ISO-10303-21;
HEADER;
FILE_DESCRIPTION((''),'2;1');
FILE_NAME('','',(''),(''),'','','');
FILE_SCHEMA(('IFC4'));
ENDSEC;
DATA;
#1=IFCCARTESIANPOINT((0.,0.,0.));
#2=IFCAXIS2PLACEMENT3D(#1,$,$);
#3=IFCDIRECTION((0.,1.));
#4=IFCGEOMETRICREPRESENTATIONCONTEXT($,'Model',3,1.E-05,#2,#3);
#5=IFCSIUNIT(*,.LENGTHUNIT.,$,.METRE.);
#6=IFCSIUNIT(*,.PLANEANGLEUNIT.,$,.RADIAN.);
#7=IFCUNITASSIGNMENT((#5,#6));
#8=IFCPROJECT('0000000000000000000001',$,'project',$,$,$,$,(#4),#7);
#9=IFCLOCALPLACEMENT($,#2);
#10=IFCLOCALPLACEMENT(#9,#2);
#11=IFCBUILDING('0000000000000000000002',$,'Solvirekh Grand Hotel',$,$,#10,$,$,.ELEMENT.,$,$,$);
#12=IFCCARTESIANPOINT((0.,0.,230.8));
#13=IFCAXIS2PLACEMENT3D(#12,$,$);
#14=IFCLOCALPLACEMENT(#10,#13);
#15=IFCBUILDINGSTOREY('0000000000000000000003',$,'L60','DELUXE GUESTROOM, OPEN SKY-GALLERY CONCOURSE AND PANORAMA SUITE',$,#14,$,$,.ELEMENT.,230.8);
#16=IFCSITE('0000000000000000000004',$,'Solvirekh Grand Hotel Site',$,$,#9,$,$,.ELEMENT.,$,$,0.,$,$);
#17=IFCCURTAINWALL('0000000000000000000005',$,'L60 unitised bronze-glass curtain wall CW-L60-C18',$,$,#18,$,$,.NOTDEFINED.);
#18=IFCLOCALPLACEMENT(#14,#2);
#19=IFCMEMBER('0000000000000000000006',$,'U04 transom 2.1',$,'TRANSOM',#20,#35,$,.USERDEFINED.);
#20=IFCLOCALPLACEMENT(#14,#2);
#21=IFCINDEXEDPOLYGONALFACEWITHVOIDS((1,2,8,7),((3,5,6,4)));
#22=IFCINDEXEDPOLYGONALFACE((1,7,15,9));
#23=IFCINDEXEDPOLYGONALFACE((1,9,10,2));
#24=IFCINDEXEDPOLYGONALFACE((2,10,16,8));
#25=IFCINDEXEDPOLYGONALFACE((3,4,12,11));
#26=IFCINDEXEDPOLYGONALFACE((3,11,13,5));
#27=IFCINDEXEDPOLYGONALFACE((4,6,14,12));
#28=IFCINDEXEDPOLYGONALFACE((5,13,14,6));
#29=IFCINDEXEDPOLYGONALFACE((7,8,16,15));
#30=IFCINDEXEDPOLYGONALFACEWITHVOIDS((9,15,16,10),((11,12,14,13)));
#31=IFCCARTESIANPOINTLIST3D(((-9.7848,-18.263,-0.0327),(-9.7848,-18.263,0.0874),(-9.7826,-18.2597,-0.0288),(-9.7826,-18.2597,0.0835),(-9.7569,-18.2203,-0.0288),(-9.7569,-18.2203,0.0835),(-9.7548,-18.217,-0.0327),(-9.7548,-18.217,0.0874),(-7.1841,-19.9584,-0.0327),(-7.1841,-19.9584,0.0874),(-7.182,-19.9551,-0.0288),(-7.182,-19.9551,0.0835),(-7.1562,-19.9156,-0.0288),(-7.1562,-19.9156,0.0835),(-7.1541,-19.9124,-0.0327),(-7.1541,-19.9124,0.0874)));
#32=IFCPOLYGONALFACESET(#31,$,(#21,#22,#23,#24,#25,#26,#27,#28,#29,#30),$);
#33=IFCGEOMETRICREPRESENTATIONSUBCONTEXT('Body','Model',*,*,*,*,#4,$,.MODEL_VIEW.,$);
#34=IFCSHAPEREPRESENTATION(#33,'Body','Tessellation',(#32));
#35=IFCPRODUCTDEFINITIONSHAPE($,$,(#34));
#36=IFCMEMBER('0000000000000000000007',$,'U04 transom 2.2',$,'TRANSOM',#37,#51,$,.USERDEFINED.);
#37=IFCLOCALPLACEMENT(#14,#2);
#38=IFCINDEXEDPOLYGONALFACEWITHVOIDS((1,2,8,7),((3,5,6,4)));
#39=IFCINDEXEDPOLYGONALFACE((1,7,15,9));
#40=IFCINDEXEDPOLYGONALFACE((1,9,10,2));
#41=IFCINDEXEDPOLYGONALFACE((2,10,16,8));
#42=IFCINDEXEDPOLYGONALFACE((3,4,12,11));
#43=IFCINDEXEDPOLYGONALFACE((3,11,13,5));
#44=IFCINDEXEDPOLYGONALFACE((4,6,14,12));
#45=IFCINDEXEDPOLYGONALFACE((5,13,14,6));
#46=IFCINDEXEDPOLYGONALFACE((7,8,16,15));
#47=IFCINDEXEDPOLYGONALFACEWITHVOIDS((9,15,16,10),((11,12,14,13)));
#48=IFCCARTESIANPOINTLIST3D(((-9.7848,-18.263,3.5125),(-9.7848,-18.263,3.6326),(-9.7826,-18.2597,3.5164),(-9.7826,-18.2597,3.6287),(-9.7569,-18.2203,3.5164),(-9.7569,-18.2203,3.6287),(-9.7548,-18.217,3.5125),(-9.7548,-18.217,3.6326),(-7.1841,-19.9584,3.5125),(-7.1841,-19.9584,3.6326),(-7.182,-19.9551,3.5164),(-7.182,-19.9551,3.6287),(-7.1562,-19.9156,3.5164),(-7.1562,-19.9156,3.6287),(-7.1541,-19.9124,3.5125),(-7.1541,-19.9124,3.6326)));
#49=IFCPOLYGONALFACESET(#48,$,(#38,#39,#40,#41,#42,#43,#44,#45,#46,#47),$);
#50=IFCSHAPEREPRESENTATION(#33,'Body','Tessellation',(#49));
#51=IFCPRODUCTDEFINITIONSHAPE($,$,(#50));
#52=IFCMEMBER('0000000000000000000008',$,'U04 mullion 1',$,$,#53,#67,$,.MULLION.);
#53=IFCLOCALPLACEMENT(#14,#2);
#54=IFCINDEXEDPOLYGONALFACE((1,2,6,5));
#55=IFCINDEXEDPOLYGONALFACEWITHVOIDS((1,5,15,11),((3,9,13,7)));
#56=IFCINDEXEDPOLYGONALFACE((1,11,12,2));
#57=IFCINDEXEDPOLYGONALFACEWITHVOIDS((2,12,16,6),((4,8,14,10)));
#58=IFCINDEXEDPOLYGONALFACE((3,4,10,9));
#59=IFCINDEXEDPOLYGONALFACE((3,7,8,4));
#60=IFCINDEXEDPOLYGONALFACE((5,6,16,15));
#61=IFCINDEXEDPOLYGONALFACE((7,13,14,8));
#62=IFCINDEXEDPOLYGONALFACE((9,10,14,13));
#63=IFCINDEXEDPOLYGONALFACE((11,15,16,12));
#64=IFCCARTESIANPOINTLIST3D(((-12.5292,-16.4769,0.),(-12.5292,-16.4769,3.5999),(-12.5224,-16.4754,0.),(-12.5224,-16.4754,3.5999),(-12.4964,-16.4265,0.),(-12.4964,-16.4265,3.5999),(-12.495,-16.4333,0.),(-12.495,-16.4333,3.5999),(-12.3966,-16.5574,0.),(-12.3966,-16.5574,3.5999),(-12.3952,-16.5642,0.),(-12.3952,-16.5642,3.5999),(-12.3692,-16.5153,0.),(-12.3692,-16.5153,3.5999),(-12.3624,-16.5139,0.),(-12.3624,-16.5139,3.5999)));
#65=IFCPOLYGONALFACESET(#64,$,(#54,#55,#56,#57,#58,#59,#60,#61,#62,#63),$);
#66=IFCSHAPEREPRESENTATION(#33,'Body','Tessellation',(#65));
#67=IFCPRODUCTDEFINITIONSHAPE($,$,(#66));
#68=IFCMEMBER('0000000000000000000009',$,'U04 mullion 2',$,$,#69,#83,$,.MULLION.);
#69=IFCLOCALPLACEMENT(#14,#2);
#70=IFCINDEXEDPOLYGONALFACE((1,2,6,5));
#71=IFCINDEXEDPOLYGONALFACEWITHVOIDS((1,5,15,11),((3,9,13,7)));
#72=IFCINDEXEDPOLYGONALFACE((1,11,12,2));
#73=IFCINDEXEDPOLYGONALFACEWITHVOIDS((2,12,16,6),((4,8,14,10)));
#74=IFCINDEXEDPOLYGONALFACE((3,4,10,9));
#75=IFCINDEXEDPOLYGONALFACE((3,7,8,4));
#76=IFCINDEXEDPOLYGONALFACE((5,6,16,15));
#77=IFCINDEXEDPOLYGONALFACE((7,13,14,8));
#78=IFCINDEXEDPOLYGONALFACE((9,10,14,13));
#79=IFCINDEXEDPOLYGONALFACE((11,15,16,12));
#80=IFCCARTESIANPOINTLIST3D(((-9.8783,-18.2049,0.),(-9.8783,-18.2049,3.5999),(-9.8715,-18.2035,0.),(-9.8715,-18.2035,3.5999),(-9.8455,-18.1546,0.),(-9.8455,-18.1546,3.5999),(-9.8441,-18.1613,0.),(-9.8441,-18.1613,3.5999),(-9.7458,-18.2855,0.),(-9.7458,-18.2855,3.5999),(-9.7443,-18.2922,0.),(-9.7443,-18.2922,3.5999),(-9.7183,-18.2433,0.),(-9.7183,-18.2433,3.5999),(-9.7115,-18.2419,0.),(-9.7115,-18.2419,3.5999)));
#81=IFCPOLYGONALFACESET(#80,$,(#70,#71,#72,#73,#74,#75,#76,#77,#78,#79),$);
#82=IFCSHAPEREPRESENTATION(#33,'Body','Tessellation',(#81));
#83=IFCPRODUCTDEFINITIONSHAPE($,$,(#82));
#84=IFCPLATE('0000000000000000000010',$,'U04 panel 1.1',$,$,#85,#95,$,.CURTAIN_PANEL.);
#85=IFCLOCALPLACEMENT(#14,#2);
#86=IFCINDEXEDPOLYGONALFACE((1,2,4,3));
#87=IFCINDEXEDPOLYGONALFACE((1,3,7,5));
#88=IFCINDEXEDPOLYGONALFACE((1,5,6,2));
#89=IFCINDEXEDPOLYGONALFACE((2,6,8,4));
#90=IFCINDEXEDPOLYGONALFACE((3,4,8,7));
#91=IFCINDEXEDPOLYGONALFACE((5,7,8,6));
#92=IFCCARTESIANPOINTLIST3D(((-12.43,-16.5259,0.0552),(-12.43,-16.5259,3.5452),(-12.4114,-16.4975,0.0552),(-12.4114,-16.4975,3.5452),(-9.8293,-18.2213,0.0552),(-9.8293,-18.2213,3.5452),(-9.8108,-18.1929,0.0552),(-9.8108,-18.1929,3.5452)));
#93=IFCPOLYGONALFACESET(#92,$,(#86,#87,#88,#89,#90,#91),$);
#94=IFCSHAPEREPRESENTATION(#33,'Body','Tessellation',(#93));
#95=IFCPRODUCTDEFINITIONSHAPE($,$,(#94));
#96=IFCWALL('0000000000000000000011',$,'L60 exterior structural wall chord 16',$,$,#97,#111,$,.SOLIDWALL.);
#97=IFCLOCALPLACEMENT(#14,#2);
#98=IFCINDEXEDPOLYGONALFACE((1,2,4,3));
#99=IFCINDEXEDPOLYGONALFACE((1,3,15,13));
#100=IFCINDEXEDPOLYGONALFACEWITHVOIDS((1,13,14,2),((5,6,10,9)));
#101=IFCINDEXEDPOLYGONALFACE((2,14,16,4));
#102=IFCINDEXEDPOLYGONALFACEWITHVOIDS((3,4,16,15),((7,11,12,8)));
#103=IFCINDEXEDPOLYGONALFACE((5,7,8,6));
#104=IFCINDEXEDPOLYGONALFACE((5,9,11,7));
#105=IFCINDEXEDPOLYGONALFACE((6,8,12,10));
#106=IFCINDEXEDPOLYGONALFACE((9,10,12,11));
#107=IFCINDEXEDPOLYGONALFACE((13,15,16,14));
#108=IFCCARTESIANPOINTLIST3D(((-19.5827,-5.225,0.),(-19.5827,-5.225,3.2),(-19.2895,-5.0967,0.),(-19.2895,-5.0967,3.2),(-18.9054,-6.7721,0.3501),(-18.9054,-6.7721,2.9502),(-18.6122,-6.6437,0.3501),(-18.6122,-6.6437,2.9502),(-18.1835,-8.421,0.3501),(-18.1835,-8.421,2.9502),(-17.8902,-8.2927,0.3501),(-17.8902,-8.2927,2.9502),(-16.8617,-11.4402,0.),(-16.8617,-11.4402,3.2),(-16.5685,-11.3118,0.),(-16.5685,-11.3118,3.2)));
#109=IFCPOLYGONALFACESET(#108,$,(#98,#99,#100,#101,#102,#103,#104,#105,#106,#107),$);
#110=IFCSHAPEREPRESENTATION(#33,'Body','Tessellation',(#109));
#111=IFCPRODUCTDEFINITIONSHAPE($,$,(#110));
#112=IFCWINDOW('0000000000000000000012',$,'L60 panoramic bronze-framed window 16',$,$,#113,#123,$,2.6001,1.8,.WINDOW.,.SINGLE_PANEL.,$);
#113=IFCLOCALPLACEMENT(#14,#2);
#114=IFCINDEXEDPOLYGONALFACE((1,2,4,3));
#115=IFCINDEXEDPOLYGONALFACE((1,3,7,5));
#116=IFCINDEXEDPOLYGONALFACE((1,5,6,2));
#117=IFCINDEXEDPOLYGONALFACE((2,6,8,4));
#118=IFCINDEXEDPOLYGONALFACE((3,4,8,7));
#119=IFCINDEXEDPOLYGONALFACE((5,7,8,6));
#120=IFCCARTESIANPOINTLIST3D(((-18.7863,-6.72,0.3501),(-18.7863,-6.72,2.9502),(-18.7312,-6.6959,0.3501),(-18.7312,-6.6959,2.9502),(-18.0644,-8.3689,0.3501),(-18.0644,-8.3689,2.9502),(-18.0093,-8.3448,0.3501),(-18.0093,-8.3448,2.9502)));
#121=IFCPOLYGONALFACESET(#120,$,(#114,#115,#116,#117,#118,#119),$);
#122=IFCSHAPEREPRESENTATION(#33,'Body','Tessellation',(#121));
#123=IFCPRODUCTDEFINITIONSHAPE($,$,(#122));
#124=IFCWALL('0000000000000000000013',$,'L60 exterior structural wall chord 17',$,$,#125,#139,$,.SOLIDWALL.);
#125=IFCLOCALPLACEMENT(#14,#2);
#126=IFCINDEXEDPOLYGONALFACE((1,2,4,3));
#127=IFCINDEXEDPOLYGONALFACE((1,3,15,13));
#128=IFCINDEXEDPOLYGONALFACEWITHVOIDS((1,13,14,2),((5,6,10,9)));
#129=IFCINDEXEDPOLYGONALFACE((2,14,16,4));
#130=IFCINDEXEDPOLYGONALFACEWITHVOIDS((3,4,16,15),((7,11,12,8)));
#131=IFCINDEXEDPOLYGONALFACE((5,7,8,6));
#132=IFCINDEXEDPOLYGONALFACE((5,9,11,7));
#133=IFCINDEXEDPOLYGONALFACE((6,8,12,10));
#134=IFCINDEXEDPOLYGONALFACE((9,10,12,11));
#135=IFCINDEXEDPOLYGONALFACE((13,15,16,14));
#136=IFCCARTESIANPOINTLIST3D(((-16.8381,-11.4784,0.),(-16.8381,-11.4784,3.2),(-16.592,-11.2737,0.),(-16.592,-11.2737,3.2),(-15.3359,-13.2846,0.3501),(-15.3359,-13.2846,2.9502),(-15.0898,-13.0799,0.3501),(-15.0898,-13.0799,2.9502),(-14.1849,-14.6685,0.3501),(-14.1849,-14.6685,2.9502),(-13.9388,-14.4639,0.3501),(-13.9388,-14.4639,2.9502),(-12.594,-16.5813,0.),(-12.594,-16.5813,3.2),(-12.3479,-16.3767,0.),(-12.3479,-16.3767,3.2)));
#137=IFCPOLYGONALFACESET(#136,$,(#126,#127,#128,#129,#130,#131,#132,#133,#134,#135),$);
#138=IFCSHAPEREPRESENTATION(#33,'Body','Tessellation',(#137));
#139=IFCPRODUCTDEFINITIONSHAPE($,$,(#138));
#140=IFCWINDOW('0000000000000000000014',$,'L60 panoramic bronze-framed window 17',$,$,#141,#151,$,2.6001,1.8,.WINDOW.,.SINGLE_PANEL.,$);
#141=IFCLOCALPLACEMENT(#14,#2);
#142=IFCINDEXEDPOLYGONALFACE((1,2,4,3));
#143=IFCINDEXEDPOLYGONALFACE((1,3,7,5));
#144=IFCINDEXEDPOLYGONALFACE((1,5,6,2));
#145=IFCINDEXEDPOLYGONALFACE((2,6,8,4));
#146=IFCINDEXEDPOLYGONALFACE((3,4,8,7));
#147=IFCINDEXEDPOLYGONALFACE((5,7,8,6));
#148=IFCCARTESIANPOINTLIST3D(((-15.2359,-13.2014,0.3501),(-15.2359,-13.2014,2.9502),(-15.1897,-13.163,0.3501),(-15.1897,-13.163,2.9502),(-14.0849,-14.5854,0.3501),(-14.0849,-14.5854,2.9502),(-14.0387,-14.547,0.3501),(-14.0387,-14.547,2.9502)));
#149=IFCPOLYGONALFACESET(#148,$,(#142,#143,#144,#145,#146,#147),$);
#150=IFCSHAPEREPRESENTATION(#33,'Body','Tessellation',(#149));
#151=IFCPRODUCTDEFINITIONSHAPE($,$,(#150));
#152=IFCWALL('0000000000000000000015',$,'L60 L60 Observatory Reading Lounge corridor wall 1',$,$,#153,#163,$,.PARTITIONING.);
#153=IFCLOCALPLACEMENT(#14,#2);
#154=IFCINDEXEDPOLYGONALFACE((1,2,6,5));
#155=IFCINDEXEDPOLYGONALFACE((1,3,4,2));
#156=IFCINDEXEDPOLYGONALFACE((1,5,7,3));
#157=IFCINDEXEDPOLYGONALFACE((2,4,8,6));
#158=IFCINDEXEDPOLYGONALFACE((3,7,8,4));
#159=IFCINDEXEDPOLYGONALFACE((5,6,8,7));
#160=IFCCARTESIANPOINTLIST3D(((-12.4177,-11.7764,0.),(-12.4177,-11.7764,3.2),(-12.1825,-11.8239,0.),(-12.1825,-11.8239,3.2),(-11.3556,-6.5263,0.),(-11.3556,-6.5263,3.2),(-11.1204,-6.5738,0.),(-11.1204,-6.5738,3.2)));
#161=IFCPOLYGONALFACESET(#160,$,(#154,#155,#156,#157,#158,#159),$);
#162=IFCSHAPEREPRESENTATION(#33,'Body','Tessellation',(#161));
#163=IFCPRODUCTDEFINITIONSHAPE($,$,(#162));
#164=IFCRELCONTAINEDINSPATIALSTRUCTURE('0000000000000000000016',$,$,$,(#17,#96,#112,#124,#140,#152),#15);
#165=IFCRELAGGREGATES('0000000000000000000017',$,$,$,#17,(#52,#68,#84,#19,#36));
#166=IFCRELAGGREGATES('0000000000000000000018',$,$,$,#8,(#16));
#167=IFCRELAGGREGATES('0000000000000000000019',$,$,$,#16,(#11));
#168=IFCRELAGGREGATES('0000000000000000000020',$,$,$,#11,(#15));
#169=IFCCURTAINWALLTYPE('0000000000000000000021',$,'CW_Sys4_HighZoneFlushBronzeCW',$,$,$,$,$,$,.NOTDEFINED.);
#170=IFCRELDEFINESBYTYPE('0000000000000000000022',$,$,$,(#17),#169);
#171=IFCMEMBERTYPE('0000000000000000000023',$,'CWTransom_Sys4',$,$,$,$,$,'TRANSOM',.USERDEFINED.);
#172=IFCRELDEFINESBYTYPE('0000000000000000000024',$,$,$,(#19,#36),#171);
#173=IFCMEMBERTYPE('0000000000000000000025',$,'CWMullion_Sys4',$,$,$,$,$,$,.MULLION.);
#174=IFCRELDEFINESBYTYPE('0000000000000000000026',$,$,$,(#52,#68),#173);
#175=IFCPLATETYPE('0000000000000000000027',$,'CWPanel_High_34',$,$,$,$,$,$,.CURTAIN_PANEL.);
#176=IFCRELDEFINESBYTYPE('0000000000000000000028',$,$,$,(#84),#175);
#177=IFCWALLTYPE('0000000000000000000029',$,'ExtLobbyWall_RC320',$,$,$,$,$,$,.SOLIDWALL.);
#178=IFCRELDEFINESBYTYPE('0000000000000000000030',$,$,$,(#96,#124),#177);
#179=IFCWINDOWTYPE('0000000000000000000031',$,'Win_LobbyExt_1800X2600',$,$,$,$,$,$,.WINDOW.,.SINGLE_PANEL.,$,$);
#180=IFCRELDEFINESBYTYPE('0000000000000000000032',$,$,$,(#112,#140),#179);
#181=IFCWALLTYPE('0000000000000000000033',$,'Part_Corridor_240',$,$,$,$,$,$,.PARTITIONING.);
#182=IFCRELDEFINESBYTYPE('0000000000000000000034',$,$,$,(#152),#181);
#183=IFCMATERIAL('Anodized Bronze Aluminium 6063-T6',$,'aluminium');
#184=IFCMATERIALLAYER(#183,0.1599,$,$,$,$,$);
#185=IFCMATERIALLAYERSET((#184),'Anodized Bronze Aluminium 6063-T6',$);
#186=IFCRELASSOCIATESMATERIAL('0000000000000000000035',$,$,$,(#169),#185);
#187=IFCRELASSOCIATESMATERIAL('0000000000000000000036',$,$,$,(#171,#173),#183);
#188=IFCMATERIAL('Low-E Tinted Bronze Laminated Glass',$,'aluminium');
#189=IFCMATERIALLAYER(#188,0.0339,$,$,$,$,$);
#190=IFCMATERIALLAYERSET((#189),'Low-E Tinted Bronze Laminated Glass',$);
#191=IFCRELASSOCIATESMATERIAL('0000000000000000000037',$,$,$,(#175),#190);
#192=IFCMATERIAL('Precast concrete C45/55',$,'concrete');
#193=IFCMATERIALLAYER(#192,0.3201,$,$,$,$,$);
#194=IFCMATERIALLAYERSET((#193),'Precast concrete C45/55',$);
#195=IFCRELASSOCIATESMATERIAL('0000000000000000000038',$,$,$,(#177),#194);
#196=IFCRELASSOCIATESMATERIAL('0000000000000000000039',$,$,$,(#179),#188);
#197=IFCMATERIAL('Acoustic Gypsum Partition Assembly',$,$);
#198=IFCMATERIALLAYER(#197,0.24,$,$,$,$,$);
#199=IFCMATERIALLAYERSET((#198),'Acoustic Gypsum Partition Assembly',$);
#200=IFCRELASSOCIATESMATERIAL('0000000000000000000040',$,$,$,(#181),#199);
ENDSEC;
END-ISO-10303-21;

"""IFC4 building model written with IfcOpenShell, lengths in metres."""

from ifc_helpers import new_model, si_unit, direction, frame, frame_2d, origin, origin_2d, place, context, subcontext, project, spatial, rectangle, hollow_rectangle, extrude, source, transform, mapped, material, layer, layer_set, material_profile, profile_set, type_object, element, fill, aggregate, save


model = new_model("IFC4")

# Units and contexts
model_context = context("Model", 3, precision=1e-05, world=origin(), true_north=direction((0.0, 1.0)))
body_context = subcontext(model_context, "Body", "Model", "MODEL_VIEW")
ifc_project = project(units=[si_unit("LENGTHUNIT", "METRE"), si_unit("PLANEANGLEUNIT", "RADIAN")], contexts=[model_context])

# Site, building, storey
site_placement = place(None, origin())
site = spatial("IfcSite", under=ifc_project, at=site_placement, Name="Solvirekh Grand Hotel Site", CompositionType="ELEMENT", RefElevation=0.0)
building_placement = place(site_placement, origin())
building = spatial("IfcBuilding", under=site, at=building_placement, Name="Solvirekh Grand Hotel", CompositionType="ELEMENT")
storey_placement = place(building_placement, frame((0.0, 0.0, 230.8)))
storey = spatial("IfcBuildingStorey", under=building, at=storey_placement, Name="L60", Description="DELUXE GUESTROOM, OPEN SKY-GALLERY CONCOURSE AND PANORAMA SUITE", CompositionType="ELEMENT", Elevation=230.8)

# Curtain wall, members, plate
ifc_material_1 = material(Name="Anodized Bronze Aluminium 6063-T6", Category="aluminium")
ifc_layer_1 = layer(ifc_material_1, 0.1599)
ifc_layer_set_1 = layer_set([ifc_layer_1], Name="Anodized Bronze Aluminium 6063-T6")
curtain_wall_type = type_object("IfcCurtainWallType", Name="CW_Sys4_HighZoneFlushBronzeCW", PredefinedType="NOTDEFINED", material=ifc_layer_set_1)
curtain_wall_placement = place(storey_placement, origin())
curtain_wall = element("IfcCurtainWall", 1, at=curtain_wall_placement, inside=storey, type_object=curtain_wall_type, Name="L60 unitised bronze-glass curtain wall CW-L60-C18", PredefinedType="NOTDEFINED")
ifc_material_profile_1 = material_profile(ifc_material_1, hollow_rectangle(XDim=0.0549, YDim=0.1201, WallThickness=0.0039, at=origin_2d()), Name="ALU RHS 120X55X4")
ifc_profile_set_1 = profile_set([ifc_material_profile_1], Name="Anodized Bronze Aluminium 6063-T6")
member_type_1 = type_object("IfcMemberType", Name="CWTransom_Sys4", ElementType="TRANSOM", PredefinedType="USERDEFINED", material=ifc_profile_set_1)
shared_shape_1 = source(origin(), body_context, "Body", "SweptSolid", [
    extrude(hollow_rectangle(XDim=0.0549, YDim=0.1201, WallThickness=0.0039, at=origin_2d()), origin(), (0.0, 0.0, 1.0), 3.1045),
])
member_1_placement = place(storey_placement, frame((-9.7698, -18.24, 0.0273), z_axis=(0.837717, -0.546105, 0.0), x_axis=(0.546105, 0.837717, 0.0)))
member_1 = element("IfcMember", 2, at=member_1_placement, type_object=member_type_1, Name="U04 transom 2.1", ObjectType="TRANSOM", PredefinedType="USERDEFINED", context=body_context, shape_type="MappedRepresentation", body=[
    mapped(shared_shape_1, transform((0.0, 0.0, 0.0), x_axis=(1.0, 0.0, 0.0), y_axis=(0.0, 1.0, 0.0), z_axis=(0.0, 0.0, 1.0), scale=1.0)),
])
member_2_placement = place(storey_placement, frame((-9.7698, -18.24, 3.5725), z_axis=(0.837717, -0.546105, 0.0), x_axis=(0.546105, 0.837717, 0.0)))
member_2 = element("IfcMember", 3, at=member_2_placement, type_object=member_type_1, Name="U04 transom 2.2", ObjectType="TRANSOM", PredefinedType="USERDEFINED", context=body_context, shape_type="MappedRepresentation", body=[
    mapped(shared_shape_1, transform((0.0, 0.0, 0.0), x_axis=(1.0, 0.0, 0.0), y_axis=(0.0, 1.0, 0.0), z_axis=(0.0, 0.0, 1.0), scale=1.0)),
])
ifc_material_profile_2 = material_profile(ifc_material_1, hollow_rectangle(XDim=0.0601, YDim=0.1599, WallThickness=0.0049, at=origin_2d()), Name="ALU RHS 160X60X5")
ifc_profile_set_2 = profile_set([ifc_material_profile_2], Name="Anodized Bronze Aluminium 6063-T6")
member_type_2 = type_object("IfcMemberType", Name="CWMullion_Sys4", PredefinedType="MULLION", material=ifc_profile_set_2)
shared_shape_2 = source(origin(), body_context, "Body", "SweptSolid", [
    extrude(hollow_rectangle(XDim=0.0601, YDim=0.1599, WallThickness=0.0049, at=origin_2d()), origin(), (0.0, 0.0, 1.0), 3.5999),
])
member_3_placement = place(storey_placement, frame((-12.4458, -16.4954, 0.0), z_axis=(0.0, 0.0, 1.0), x_axis=(0.54611, 0.837713, 0.0)))
member_3 = element("IfcMember", 4, at=member_3_placement, type_object=member_type_2, Name="U04 mullion 1", PredefinedType="MULLION", context=body_context, shape_type="MappedRepresentation", body=[
    mapped(shared_shape_2, transform((0.0, 0.0, 0.0), x_axis=(1.0, 0.0, 0.0), y_axis=(0.0, 1.0, 0.0), z_axis=(0.0, 0.0, 1.0), scale=1.0)),
])
member_4_placement = place(storey_placement, frame((-9.7949, -18.2234, 0.0), z_axis=(0.0, 0.0, 1.0), x_axis=(0.54611, 0.837713, 0.0)))
member_4 = element("IfcMember", 5, at=member_4_placement, type_object=member_type_2, Name="U04 mullion 2", PredefinedType="MULLION", context=body_context, shape_type="MappedRepresentation", body=[
    mapped(shared_shape_2, transform((0.0, 0.0, 0.0), x_axis=(1.0, 0.0, 0.0), y_axis=(0.0, 1.0, 0.0), z_axis=(0.0, 0.0, 1.0), scale=1.0)),
])
ifc_material_2 = material(Name="Low-E Tinted Bronze Laminated Glass", Category="aluminium")
ifc_layer_2 = layer(ifc_material_2, 0.0339)
ifc_layer_set_2 = layer_set([ifc_layer_2], Name="Low-E Tinted Bronze Laminated Glass")
plate_type = type_object("IfcPlateType", Name="CWPanel_High_34", PredefinedType="CURTAIN_PANEL", material=ifc_layer_set_2)
shared_shape_3 = source(origin(), body_context, "Body", "SweptSolid", [
    extrude(rectangle(XDim=3.1045, YDim=0.0339, at=origin_2d()), origin(), (0.0, 0.0, 1.0), 3.49),
])
plate_placement = place(storey_placement, frame((-11.1204, -17.3594, 0.0552), z_axis=(0.0, 0.0, 1.0), x_axis=(0.837713, -0.54611, 0.0)))
plate = element("IfcPlate", 6, at=plate_placement, type_object=plate_type, Name="U04 panel 1.1", PredefinedType="CURTAIN_PANEL", context=body_context, shape_type="MappedRepresentation", body=[
    mapped(shared_shape_3, transform((0.0, 0.0, 0.0), x_axis=(1.0, 0.0, 0.0), y_axis=(0.0, 1.0, 0.0), z_axis=(0.0, 0.0, 1.0), scale=1.0)),
])
aggregate(curtain_wall, [member_3, member_4, plate, member_1, member_2])

# Walls, openings, windows
ifc_material_3 = material(Name="Precast concrete C45/55", Category="concrete")
ifc_layer_3 = layer(ifc_material_3, 0.3201)
ifc_layer_set_3 = layer_set([ifc_layer_3], Name="Precast concrete C45/55")
wall_type_1 = type_object("IfcWallType", Name="ExtLobbyWall_RC320", PredefinedType="SOLIDWALL", material=ifc_layer_set_3)
wall_1_placement = place(storey_placement, frame((-16.7151, -11.376, 0.0), z_axis=(0.0, 0.0, 1.0), x_axis=(-0.401047, 0.916057, 0.0)))
wall_1 = element("IfcWall", 7, at=wall_1_placement, inside=storey, type_object=wall_type_1, Name="L60 exterior structural wall chord 16", PredefinedType="SOLIDWALL", context=body_context, shape_type="SweptSolid", body=[
    extrude(rectangle(XDim=6.7847, YDim=0.3201, at=frame_2d((3.3923, 0.0))), origin(), (0.0, 0.0, 1.0), 3.2),
])
opening_1_placement = place(wall_1_placement, frame((3.2959, 0.0, 0.3501)))
opening_1 = element("IfcOpeningElement", 8, at=opening_1_placement, cuts=wall_1, PredefinedType="OPENING", context=body_context, shape_type="SweptSolid", body=[
    extrude(rectangle(XDim=1.8, YDim=2.6001, at=frame_2d((0.8999, 1.3))), frame((0.0, 0.1699, 0.0), z_axis=(0.0, -1.0, 0.0), x_axis=(1.0, 0.0, 0.0)), (0.0, 0.0, 1.0), 0.3401),
])
window_type = type_object("IfcWindowType", Name="Win_LobbyExt_1800X2600", PartitioningType="SINGLE_PANEL", PredefinedType="WINDOW", material=ifc_material_2)
window_1_placement = place(opening_1_placement, origin())
window_1 = element("IfcWindow", 9, at=window_1_placement, inside=storey, type_object=window_type, Name="L60 panoramic bronze-framed window 16", OverallHeight=2.6001, OverallWidth=1.8, PartitioningType="SINGLE_PANEL", PredefinedType="WINDOW", context=body_context, shape_type="SweptSolid", body=[
    extrude(rectangle(XDim=1.8, YDim=2.6001, at=frame_2d((0.8999, 1.3))), frame((0.0, 0.03, 0.0), z_axis=(0.0, -1.0, 0.0), x_axis=(1.0, 0.0, 0.0)), (0.0, 0.0, 1.0), 0.0601),
])
fill(opening_1, window_1)
wall_2_placement = place(storey_placement, frame((-12.4709, -16.479, 0.0), z_axis=(0.0, 0.0, 1.0), x_axis=(-0.639439, 0.768842, 0.0)))
wall_2 = element("IfcWall", 10, at=wall_2_placement, inside=storey, type_object=wall_type_1, Name="L60 exterior structural wall chord 17", PredefinedType="SOLIDWALL", context=body_context, shape_type="SweptSolid", body=[
    extrude(rectangle(XDim=6.6372, YDim=0.3201, at=frame_2d((3.3186, 0.0))), origin(), (0.0, 0.0, 1.0), 3.2),
])
opening_2_placement = place(wall_2_placement, frame((2.488, 0.0, 0.3501)))
opening_2 = element("IfcOpeningElement", 11, at=opening_2_placement, cuts=wall_2, PredefinedType="OPENING", context=body_context, shape_type="SweptSolid", body=[
    extrude(rectangle(XDim=1.8, YDim=2.6001, at=frame_2d((0.8999, 1.3))), frame((0.0, 0.1699, 0.0), z_axis=(0.0, -1.0, 0.0), x_axis=(1.0, 0.0, 0.0)), (0.0, 0.0, 1.0), 0.3401),
])
window_2_placement = place(opening_2_placement, origin())
window_2 = element("IfcWindow", 12, at=window_2_placement, inside=storey, type_object=window_type, Name="L60 panoramic bronze-framed window 17", OverallHeight=2.6001, OverallWidth=1.8, PartitioningType="SINGLE_PANEL", PredefinedType="WINDOW", context=body_context, shape_type="SweptSolid", body=[
    extrude(rectangle(XDim=1.8, YDim=2.6001, at=frame_2d((0.8999, 1.3))), frame((0.0, 0.03, 0.0), z_axis=(0.0, -1.0, 0.0), x_axis=(1.0, 0.0, 0.0)), (0.0, 0.0, 1.0), 0.0601),
])
fill(opening_2, window_2)

# Wall
ifc_material_4 = material(Name="Acoustic Gypsum Partition Assembly")
ifc_layer_4 = layer(ifc_material_4, 0.24)
ifc_layer_set_4 = layer_set([ifc_layer_4], Name="Acoustic Gypsum Partition Assembly")
wall_type_2 = type_object("IfcWallType", Name="Part_Corridor_240", PredefinedType="PARTITIONING", material=ifc_layer_set_4)
wall_3_placement = place(storey_placement, frame((-11.238, -6.55, 0.0), z_axis=(0.0, 0.0, 1.0), x_axis=(-0.198272, -0.980147, 0.0)))
element("IfcWall", 13, at=wall_3_placement, inside=storey, type_object=wall_type_2, Name="L60 L60 Observatory Reading Lounge corridor wall 1", PredefinedType="PARTITIONING", context=body_context, shape_type="SweptSolid", body=[
    extrude(rectangle(XDim=5.3564, YDim=0.24, at=frame_2d((2.6782, 0.0))), origin(), (0.0, 0.0, 1.0), 3.2),
])

save(model, "model.ifc")
